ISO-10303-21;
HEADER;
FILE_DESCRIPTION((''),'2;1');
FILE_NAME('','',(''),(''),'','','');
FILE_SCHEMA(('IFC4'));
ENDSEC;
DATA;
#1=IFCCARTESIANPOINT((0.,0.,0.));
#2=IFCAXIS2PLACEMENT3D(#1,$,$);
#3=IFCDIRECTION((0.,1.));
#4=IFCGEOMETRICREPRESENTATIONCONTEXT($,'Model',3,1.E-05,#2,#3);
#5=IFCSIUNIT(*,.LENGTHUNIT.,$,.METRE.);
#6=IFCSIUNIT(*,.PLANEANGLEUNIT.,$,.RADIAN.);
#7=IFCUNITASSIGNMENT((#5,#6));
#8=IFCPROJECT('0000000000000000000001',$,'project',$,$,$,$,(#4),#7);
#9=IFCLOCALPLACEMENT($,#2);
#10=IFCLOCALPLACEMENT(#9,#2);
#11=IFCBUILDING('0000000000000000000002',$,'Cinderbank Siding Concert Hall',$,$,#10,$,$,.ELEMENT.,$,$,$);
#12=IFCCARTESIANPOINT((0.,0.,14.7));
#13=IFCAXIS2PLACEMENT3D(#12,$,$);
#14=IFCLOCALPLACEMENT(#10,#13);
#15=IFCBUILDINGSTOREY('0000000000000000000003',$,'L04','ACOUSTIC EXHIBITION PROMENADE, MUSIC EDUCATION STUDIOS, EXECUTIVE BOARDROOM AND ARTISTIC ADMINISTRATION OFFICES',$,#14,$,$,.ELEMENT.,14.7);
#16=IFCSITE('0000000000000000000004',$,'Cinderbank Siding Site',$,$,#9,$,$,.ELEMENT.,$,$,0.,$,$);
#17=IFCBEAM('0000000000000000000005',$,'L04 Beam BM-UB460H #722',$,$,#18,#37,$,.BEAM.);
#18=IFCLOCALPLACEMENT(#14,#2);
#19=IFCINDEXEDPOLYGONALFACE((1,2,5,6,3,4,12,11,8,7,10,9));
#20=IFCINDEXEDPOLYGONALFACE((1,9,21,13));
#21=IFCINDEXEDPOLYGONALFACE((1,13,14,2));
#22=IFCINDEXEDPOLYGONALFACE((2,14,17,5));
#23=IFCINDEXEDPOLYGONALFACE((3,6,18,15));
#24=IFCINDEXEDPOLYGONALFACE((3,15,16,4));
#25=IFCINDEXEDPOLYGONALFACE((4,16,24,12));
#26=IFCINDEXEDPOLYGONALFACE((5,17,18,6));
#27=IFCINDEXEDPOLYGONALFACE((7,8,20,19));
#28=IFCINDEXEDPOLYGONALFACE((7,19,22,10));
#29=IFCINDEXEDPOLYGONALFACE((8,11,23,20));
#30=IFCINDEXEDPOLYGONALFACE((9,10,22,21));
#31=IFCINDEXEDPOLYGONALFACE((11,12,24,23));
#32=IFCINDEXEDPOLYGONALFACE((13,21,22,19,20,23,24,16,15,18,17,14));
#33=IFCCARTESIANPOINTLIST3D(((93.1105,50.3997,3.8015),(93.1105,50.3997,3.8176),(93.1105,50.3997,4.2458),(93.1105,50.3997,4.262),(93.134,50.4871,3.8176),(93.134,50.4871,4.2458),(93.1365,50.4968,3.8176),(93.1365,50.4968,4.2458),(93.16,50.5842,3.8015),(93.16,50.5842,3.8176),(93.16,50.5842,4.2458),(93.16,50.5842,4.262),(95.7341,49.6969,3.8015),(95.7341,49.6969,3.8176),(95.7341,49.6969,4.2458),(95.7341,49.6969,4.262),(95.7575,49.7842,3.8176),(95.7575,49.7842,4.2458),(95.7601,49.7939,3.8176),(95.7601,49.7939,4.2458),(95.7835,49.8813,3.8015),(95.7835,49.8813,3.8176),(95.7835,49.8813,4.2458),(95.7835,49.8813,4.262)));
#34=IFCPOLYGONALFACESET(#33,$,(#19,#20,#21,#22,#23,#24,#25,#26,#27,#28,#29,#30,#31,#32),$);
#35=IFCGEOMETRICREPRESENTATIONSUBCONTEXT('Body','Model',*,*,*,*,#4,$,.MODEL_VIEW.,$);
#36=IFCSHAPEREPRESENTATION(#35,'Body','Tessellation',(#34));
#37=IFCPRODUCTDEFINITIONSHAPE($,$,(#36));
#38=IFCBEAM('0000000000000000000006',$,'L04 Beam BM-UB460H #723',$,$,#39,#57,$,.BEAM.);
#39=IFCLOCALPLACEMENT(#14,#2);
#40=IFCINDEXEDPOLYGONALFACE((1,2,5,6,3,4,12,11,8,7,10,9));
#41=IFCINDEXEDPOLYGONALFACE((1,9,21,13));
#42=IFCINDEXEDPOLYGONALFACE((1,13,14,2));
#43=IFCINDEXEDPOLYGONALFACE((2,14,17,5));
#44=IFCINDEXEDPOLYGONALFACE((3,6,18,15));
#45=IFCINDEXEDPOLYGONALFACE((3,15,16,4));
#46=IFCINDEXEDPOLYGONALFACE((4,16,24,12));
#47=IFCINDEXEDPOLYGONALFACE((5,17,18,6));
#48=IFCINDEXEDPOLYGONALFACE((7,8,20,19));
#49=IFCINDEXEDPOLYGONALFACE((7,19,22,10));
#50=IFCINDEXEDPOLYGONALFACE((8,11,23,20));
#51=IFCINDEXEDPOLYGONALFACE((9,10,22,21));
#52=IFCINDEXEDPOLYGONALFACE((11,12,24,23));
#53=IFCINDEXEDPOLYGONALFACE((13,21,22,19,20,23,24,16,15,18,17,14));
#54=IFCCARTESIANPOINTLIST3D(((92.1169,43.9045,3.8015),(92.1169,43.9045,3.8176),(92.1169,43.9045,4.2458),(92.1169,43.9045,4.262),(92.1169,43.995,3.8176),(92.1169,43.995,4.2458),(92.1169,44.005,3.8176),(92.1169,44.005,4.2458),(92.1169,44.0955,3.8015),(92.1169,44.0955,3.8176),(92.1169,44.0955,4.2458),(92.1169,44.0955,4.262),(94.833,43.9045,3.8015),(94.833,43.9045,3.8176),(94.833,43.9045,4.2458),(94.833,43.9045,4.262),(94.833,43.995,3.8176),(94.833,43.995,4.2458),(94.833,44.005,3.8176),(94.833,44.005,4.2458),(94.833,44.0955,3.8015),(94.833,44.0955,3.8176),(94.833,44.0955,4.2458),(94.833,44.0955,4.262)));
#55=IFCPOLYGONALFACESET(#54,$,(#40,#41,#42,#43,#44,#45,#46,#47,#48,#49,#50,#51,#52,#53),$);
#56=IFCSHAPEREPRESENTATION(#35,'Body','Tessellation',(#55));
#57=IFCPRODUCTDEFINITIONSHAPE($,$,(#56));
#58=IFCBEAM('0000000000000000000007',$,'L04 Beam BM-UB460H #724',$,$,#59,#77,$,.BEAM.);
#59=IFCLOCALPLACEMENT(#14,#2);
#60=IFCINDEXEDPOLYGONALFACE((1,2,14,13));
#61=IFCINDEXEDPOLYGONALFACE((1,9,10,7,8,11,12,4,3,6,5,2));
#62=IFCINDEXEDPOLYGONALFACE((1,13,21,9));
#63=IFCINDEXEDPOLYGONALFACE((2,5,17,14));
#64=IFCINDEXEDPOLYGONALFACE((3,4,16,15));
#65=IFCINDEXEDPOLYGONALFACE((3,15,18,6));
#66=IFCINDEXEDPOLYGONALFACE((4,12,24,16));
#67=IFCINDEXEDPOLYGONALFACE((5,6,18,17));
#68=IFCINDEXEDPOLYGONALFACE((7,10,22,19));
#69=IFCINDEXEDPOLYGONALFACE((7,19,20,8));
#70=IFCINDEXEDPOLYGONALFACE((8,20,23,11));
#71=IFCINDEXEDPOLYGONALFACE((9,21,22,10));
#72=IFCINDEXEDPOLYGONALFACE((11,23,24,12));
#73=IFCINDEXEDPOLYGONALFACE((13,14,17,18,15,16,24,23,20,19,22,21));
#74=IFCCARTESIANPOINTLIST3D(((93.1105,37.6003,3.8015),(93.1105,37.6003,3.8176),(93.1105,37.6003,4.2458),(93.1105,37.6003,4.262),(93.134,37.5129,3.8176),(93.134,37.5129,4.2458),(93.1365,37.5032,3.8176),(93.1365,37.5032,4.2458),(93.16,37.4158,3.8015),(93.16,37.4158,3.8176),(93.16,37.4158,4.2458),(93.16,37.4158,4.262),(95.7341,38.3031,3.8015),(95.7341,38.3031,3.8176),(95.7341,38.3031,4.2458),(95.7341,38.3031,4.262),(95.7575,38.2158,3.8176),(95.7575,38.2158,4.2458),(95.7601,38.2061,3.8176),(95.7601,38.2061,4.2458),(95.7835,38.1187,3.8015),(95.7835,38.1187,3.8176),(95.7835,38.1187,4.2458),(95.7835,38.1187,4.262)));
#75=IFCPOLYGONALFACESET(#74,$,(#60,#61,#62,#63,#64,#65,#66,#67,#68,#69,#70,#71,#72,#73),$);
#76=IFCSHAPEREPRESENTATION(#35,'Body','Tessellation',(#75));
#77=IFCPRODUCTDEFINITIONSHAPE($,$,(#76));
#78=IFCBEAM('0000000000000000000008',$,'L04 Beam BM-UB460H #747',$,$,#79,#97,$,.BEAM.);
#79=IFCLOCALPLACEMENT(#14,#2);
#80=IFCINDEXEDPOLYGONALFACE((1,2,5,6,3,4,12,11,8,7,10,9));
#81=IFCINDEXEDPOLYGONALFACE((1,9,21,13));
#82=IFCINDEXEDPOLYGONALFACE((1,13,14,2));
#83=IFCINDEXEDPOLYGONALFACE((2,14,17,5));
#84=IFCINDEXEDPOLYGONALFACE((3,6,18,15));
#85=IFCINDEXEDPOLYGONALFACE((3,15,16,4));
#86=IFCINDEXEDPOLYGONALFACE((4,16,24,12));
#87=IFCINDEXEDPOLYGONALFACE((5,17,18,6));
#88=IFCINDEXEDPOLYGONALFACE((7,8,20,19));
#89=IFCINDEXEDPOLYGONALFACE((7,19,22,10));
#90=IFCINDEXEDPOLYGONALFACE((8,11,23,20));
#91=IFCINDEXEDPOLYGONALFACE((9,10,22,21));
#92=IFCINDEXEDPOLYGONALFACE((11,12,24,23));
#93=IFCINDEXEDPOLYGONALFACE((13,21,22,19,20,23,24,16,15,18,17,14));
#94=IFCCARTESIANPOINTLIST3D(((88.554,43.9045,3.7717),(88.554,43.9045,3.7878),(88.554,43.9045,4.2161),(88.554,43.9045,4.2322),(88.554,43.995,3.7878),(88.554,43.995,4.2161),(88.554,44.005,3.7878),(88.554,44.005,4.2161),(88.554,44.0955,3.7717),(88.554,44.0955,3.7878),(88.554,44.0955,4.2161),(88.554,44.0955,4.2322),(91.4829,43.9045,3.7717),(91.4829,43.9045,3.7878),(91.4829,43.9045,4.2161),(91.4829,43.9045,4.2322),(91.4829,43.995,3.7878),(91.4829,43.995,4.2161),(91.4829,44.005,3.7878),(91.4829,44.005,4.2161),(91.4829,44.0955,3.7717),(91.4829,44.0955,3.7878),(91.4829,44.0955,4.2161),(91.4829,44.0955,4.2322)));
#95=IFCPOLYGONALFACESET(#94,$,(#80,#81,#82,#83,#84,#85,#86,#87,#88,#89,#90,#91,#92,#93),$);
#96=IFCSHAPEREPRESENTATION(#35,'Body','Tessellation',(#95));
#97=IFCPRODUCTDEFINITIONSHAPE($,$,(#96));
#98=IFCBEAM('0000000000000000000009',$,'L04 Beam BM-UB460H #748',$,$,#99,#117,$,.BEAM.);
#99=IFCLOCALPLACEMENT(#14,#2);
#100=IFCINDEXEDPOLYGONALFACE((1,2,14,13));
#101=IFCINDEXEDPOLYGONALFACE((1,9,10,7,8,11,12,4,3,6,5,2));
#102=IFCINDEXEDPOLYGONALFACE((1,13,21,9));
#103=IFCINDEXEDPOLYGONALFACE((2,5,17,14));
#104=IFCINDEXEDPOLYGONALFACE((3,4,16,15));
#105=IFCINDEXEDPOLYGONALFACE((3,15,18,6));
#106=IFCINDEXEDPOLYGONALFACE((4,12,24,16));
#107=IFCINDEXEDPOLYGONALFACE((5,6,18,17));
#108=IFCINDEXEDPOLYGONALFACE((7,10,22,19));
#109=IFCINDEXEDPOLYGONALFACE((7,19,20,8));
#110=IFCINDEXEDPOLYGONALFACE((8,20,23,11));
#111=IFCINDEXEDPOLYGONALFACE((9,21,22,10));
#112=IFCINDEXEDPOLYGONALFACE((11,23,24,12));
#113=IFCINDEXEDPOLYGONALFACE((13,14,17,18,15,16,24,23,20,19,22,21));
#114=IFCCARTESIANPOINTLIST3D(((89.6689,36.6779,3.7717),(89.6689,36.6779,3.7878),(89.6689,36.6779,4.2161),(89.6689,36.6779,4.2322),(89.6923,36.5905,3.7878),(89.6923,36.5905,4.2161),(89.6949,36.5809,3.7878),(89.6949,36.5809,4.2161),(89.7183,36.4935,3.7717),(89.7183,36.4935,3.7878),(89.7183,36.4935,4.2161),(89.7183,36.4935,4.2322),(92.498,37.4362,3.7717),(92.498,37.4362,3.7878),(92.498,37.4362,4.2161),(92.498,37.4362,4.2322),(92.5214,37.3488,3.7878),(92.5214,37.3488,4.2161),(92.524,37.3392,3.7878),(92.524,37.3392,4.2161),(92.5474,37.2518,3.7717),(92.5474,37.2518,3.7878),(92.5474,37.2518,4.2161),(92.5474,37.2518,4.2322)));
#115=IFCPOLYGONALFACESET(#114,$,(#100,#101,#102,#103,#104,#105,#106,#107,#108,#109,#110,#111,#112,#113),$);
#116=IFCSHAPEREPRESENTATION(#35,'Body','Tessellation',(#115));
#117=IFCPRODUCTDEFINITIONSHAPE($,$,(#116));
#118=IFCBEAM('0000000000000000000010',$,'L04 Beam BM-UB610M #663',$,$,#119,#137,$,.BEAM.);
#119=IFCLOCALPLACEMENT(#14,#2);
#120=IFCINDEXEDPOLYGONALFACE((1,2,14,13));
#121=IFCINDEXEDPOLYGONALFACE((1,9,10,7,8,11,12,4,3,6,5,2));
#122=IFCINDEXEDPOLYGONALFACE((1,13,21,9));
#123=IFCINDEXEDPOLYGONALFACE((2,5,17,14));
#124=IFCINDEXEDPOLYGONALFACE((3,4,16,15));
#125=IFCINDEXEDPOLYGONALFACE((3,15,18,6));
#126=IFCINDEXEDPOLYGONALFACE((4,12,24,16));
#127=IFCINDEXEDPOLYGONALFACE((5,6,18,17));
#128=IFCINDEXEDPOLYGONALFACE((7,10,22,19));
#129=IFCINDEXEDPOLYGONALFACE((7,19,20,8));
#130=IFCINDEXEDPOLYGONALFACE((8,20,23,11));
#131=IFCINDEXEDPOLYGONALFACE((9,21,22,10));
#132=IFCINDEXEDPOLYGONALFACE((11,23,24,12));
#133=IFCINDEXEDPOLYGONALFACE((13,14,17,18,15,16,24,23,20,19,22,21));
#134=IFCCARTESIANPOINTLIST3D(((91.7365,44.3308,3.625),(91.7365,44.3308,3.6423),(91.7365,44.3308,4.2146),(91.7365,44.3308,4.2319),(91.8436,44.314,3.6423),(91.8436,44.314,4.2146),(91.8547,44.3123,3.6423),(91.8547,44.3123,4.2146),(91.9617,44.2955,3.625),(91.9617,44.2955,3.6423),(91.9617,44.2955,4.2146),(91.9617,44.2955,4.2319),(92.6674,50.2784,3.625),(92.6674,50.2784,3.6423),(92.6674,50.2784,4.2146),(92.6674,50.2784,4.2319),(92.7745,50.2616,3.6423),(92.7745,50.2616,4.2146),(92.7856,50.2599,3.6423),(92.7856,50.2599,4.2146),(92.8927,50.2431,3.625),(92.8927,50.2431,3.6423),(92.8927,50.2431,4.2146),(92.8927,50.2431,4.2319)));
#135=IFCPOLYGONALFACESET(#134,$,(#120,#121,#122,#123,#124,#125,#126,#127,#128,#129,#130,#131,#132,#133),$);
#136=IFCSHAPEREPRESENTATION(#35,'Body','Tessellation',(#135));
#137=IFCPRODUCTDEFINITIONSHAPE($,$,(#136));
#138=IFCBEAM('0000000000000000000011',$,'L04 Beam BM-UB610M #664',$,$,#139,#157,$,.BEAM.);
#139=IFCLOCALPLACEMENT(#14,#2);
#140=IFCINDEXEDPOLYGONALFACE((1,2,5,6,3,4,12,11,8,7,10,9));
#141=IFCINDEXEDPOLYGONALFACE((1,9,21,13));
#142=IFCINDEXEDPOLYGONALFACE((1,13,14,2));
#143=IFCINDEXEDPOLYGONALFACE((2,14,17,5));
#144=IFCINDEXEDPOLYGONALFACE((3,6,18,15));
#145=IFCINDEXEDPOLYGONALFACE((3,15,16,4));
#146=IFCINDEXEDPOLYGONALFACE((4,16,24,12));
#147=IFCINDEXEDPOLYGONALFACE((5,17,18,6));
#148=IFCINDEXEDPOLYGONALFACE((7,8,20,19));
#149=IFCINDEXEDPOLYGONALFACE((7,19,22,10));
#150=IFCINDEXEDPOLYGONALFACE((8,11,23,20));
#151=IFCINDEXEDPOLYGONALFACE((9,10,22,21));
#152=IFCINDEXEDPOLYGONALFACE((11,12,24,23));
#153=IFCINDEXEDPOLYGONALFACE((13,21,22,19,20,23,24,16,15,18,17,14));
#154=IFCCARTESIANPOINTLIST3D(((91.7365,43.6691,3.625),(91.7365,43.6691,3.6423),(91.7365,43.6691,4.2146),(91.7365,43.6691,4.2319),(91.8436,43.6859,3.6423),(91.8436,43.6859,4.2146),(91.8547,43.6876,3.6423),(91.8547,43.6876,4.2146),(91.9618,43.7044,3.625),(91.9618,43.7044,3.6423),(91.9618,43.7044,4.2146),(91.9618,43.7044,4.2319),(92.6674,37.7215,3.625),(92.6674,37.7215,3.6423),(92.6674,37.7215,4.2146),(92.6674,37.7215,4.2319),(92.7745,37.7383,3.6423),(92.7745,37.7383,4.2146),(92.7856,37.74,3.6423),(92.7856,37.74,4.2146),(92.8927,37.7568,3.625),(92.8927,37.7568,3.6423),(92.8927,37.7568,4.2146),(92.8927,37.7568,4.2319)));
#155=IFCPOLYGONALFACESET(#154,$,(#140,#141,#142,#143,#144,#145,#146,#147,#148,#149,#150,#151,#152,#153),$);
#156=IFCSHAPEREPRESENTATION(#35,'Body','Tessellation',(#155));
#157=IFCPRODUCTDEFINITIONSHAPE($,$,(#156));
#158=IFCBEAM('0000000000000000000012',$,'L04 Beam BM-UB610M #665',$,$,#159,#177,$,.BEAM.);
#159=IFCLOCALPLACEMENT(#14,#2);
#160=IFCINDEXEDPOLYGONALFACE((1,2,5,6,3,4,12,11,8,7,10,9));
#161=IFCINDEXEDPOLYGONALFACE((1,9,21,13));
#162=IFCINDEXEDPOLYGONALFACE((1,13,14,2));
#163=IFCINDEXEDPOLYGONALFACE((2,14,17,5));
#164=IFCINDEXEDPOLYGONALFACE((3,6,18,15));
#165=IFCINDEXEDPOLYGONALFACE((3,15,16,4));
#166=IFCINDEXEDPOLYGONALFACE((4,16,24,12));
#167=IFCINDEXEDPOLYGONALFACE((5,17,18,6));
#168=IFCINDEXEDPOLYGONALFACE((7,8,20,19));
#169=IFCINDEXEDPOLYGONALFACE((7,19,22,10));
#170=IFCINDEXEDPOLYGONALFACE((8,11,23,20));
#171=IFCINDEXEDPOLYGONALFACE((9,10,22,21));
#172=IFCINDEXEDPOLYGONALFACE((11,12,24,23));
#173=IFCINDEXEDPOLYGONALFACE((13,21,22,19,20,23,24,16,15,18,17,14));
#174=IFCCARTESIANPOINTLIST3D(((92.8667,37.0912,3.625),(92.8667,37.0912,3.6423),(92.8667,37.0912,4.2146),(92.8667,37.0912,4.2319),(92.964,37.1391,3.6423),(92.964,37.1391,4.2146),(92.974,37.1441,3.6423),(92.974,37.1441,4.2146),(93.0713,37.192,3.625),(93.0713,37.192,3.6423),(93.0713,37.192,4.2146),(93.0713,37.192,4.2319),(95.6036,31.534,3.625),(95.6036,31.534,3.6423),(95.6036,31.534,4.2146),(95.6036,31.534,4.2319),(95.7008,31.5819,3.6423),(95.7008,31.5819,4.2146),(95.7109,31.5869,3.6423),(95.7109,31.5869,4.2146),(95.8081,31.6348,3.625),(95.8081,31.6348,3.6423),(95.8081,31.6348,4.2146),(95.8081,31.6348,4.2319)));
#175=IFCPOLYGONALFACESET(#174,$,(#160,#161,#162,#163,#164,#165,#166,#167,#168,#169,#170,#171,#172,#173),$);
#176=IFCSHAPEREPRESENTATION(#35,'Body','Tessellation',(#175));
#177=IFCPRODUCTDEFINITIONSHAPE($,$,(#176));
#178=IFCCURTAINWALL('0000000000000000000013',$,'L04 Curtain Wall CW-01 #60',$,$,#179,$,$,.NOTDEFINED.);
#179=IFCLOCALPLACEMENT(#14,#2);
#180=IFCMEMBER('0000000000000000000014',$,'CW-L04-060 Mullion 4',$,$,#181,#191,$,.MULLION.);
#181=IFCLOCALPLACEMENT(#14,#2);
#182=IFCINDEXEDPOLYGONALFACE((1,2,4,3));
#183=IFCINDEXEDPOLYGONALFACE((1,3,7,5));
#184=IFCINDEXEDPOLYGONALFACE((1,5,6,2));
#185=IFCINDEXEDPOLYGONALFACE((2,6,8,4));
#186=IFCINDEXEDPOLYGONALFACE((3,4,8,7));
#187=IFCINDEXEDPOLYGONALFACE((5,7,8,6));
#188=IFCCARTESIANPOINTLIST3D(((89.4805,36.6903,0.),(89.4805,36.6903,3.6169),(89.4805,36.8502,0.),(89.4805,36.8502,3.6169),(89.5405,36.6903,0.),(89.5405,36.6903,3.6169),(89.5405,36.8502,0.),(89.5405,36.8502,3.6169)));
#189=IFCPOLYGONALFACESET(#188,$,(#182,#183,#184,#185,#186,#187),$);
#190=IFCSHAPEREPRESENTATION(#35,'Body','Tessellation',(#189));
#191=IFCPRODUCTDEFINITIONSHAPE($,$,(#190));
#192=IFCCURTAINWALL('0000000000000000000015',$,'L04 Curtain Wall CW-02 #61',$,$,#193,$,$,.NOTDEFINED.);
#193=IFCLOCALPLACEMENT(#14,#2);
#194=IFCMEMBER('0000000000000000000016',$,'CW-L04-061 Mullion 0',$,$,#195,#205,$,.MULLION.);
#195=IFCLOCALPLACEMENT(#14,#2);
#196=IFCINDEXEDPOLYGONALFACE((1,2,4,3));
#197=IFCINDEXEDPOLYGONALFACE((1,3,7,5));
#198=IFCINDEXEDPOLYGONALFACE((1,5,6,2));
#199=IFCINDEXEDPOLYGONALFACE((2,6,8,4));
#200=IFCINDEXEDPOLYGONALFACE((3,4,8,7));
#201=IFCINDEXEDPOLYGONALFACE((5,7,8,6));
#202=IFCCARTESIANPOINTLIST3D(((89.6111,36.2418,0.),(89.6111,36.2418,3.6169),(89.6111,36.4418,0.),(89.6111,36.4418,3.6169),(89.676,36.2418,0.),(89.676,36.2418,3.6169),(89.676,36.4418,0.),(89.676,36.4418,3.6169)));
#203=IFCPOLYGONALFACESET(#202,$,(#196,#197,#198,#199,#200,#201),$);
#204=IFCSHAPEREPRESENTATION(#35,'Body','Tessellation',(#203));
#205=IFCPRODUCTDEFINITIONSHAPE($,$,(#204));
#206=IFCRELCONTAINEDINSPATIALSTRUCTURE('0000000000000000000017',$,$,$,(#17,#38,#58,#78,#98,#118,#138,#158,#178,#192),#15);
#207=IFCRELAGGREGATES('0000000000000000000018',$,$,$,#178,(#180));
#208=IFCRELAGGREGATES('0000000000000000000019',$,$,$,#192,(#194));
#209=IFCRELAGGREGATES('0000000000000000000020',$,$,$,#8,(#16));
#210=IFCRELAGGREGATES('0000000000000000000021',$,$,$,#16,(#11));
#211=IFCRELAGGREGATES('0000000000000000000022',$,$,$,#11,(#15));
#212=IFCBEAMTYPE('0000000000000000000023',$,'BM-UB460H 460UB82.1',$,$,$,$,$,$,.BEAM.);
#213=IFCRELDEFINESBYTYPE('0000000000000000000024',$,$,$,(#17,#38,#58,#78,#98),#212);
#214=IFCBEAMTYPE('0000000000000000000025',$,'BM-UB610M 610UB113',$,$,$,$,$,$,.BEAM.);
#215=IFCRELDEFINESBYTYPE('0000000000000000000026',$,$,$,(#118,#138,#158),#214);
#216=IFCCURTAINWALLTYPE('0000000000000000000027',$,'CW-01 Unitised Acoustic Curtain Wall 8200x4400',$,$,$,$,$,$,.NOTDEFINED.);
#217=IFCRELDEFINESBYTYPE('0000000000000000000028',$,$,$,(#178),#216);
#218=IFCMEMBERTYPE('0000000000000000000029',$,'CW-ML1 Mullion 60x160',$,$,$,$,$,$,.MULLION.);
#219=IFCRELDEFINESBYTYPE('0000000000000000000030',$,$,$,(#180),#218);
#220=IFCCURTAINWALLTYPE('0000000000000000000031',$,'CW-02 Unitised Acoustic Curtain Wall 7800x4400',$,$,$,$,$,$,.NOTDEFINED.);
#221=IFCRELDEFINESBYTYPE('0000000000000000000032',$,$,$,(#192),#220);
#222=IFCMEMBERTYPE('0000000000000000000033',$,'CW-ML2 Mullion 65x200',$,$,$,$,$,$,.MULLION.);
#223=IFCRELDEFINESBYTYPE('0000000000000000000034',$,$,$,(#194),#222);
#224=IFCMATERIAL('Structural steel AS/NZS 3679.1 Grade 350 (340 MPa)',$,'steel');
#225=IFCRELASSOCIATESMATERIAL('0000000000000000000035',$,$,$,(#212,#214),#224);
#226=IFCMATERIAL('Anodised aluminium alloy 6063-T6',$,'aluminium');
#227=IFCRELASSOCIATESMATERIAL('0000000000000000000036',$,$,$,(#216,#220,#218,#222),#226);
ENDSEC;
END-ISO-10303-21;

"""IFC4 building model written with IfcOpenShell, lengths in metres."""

from ifc_helpers import new_model, si_unit, direction, frame, origin, origin_2d, place, context, subcontext, project, spatial, rectangle, i_section, extrude, material, material_profile, profile_set, type_object, element, aggregate, save


model = new_model("IFC4")

# Units and contexts
model_context = context("Model", 3, precision=1e-05, world=origin(), true_north=direction((0.0, 1.0)))
body_context = subcontext(model_context, "Body", "Model", "MODEL_VIEW")
ifc_project = project(units=[si_unit("LENGTHUNIT", "METRE"), si_unit("PLANEANGLEUNIT", "RADIAN")], contexts=[model_context])

# Site, building, storey
site_placement = place(None, origin())
site = spatial("IfcSite", under=ifc_project, at=site_placement, Name="Cinderbank Siding Site", CompositionType="ELEMENT", RefElevation=0.0)
building_placement = place(site_placement, origin())
building = spatial("IfcBuilding", under=site, at=building_placement, Name="Cinderbank Siding Concert Hall", CompositionType="ELEMENT")
storey_placement = place(building_placement, frame((0.0, 0.0, 14.7)))
storey = spatial("IfcBuildingStorey", under=building, at=storey_placement, Name="L04", Description="ACOUSTIC EXHIBITION PROMENADE, MUSIC EDUCATION STUDIOS, EXECUTIVE BOARDROOM AND ARTISTIC ADMINISTRATION OFFICES", CompositionType="ELEMENT", Elevation=14.7)

# Beams
ifc_material_1 = material(Name="Structural steel AS/NZS 3679.1 Grade 350 (340 MPa)", Category="steel")
ifc_material_profile_1 = material_profile(ifc_material_1, i_section(OverallWidth=0.1909, OverallDepth=0.4604, WebThickness=0.01, FlangeThickness=0.0161, at=origin_2d()), Name="460UB82.1", Category="LoadBearing")
ifc_profile_set_1 = profile_set([ifc_material_profile_1], Name="Structural steel AS/NZS 3679.1 Grade 350 (340 MPa)")
beam_type_1 = type_object("IfcBeamType", Name="BM-UB460H 460UB82.1", PredefinedType="BEAM", material=ifc_profile_set_1)
for number, where, z_axis, x_axis, name in (
    (1, (95.7588, 49.7891, 4.0317), (-0.965934, 0.258787, 0.0), (-0.258787, -0.965934, 0.0), "L04 Beam BM-UB460H #722"),
    (2, (94.833, 44.0, 4.0317), (-1.0, 0.0, 0.0), (0.0, -1.0, 0.0), "L04 Beam BM-UB460H #723"),
    (3, (95.7588, 38.2109, 4.0317), (-0.965934, -0.258787, 0.0), (0.258787, -0.965934, 0.0), "L04 Beam BM-UB460H #724"),
):
    element("IfcBeam", number, at=place(storey_placement, frame(where, z_axis=z_axis, x_axis=x_axis)), inside=storey, type_object=beam_type_1, Name=name, PredefinedType="BEAM", context=body_context, shape_type="SweptSolid", body=[
        extrude(i_section(OverallWidth=0.1909, OverallDepth=0.4604, WebThickness=0.01, FlangeThickness=0.0161, at=origin_2d()), origin(), (0.0, 0.0, 1.0), 2.7161),
    ])
for number, where, z_axis, x_axis, name in (
    (4, (91.4829, 44.0, 4.002), (-1.0, 0.0, 0.0), (0.0, -1.0, 0.0), "L04 Beam BM-UB460H #747"),
    (5, (92.5227, 37.344, 4.002), (-0.965905, -0.258897, 0.0), (0.258897, -0.965905, 0.0), "L04 Beam BM-UB460H #748"),
):
    element("IfcBeam", number, at=place(storey_placement, frame(where, z_axis=z_axis, x_axis=x_axis)), inside=storey, type_object=beam_type_1, Name=name, PredefinedType="BEAM", context=body_context, shape_type="SweptSolid", body=[
        extrude(i_section(OverallWidth=0.1909, OverallDepth=0.4604, WebThickness=0.01, FlangeThickness=0.0161, at=origin_2d()), origin(), (0.0, 0.0, 1.0), 2.929),
    ])
ifc_material_profile_2 = material_profile(ifc_material_1, i_section(OverallWidth=0.228, OverallDepth=0.6069, WebThickness=0.0112, FlangeThickness=0.0173, at=origin_2d()), Name="610UB113", Category="LoadBearing")
ifc_profile_set_2 = profile_set([ifc_material_profile_2], Name="Structural steel AS/NZS 3679.1 Grade 350 (340 MPa)")
beam_type_2 = type_object("IfcBeamType", Name="BM-UB610M 610UB113", PredefinedType="BEAM", material=ifc_profile_set_2)
for number, where, z_axis, x_axis, name in (
    (6, (92.78, 50.2607, 3.9285), (-0.154638, -0.987971, 0.0), (0.987971, -0.154638, 0.0), "L04 Beam BM-UB610M #663"),
    (7, (91.8491, 43.6868, 3.9285), (0.154638, -0.987971, 0.0), (0.987971, 0.154638, 0.0), "L04 Beam BM-UB610M #664"),
):
    element("IfcBeam", number, at=place(storey_placement, frame(where, z_axis=z_axis, x_axis=x_axis)), inside=storey, type_object=beam_type_2, Name=name, PredefinedType="BEAM", context=body_context, shape_type="SweptSolid", body=[
        extrude(i_section(OverallWidth=0.228, OverallDepth=0.6069, WebThickness=0.0112, FlangeThickness=0.0173, at=origin_2d()), origin(), (0.0, 0.0, 1.0), 6.02),
    ])
beam_1_placement = place(storey_placement, frame((92.969, 37.1416, 3.9285), z_axis=(0.441814, -0.897107, 0.0), x_axis=(0.897107, 0.441814, 0.0)))
element("IfcBeam", 8, at=beam_1_placement, inside=storey, type_object=beam_type_2, Name="L04 Beam BM-UB610M #665", PredefinedType="BEAM", context=body_context, shape_type="SweptSolid", body=[
    extrude(i_section(OverallWidth=0.228, OverallDepth=0.6069, WebThickness=0.0112, FlangeThickness=0.0173, at=origin_2d()), origin(), (0.0, 0.0, 1.0), 6.1946),
])

# Curtain wall, member
ifc_material_2 = material(Name="Anodised aluminium alloy 6063-T6", Category="aluminium")
curtain_wall_type_1 = type_object("IfcCurtainWallType", Name="CW-01 Unitised Acoustic Curtain Wall 8200x4400", PredefinedType="NOTDEFINED", material=ifc_material_2)
curtain_wall_1_placement = place(storey_placement, origin())
curtain_wall_1 = element("IfcCurtainWall", 9, at=curtain_wall_1_placement, inside=storey, type_object=curtain_wall_type_1, Name="L04 Curtain Wall CW-01 #60", PredefinedType="NOTDEFINED")
ifc_material_profile_3 = material_profile(ifc_material_2, rectangle(XDim=0.0601, YDim=0.1599, at=origin_2d()), Name="ALU-MULL-60x160", Category="LoadBearing")
ifc_profile_set_3 = profile_set([ifc_material_profile_3], Name="Anodised aluminium alloy 6063-T6")
member_type_1 = type_object("IfcMemberType", Name="CW-ML1 Mullion 60x160", PredefinedType="MULLION", material=ifc_profile_set_3)
member_1_placement = place(storey_placement, frame((89.5105, 36.7703, 0.0), z_axis=(0.0, 0.0, 1.0), x_axis=(1.0, 0.0, 0.0)))
member_1 = element("IfcMember", 10, at=member_1_placement, type_object=member_type_1, Name="CW-L04-060 Mullion 4", PredefinedType="MULLION", context=body_context, shape_type="SweptSolid", body=[
    extrude(rectangle(XDim=0.0601, YDim=0.1599, at=origin_2d()), origin(), (0.0, 0.0, 1.0), 3.6169),
])
aggregate(curtain_wall_1, [member_1])

# Curtain wall, member
curtain_wall_type_2 = type_object("IfcCurtainWallType", Name="CW-02 Unitised Acoustic Curtain Wall 7800x4400", PredefinedType="NOTDEFINED", material=ifc_material_2)
curtain_wall_2_placement = place(storey_placement, origin())
curtain_wall_2 = element("IfcCurtainWall", 11, at=curtain_wall_2_placement, inside=storey, type_object=curtain_wall_type_2, Name="L04 Curtain Wall CW-02 #61", PredefinedType="NOTDEFINED")
ifc_material_profile_4 = material_profile(ifc_material_2, rectangle(XDim=0.0649, YDim=0.2, at=origin_2d()), Name="ALU-MULL-65x200", Category="LoadBearing")
ifc_profile_set_4 = profile_set([ifc_material_profile_4], Name="Anodised aluminium alloy 6063-T6")
member_type_2 = type_object("IfcMemberType", Name="CW-ML2 Mullion 65x200", PredefinedType="MULLION", material=ifc_profile_set_4)
member_2_placement = place(storey_placement, frame((89.6436, 36.3418, 0.0), z_axis=(0.0, 0.0, 1.0), x_axis=(1.0, 0.0, 0.0)))
member_2 = element("IfcMember", 12, at=member_2_placement, type_object=member_type_2, Name="CW-L04-061 Mullion 0", PredefinedType="MULLION", context=body_context, shape_type="SweptSolid", body=[
    extrude(rectangle(XDim=0.0649, YDim=0.2, at=origin_2d()), origin(), (0.0, 0.0, 1.0), 3.6169),
])
aggregate(curtain_wall_2, [member_2])

save(model, "model.ifc")
